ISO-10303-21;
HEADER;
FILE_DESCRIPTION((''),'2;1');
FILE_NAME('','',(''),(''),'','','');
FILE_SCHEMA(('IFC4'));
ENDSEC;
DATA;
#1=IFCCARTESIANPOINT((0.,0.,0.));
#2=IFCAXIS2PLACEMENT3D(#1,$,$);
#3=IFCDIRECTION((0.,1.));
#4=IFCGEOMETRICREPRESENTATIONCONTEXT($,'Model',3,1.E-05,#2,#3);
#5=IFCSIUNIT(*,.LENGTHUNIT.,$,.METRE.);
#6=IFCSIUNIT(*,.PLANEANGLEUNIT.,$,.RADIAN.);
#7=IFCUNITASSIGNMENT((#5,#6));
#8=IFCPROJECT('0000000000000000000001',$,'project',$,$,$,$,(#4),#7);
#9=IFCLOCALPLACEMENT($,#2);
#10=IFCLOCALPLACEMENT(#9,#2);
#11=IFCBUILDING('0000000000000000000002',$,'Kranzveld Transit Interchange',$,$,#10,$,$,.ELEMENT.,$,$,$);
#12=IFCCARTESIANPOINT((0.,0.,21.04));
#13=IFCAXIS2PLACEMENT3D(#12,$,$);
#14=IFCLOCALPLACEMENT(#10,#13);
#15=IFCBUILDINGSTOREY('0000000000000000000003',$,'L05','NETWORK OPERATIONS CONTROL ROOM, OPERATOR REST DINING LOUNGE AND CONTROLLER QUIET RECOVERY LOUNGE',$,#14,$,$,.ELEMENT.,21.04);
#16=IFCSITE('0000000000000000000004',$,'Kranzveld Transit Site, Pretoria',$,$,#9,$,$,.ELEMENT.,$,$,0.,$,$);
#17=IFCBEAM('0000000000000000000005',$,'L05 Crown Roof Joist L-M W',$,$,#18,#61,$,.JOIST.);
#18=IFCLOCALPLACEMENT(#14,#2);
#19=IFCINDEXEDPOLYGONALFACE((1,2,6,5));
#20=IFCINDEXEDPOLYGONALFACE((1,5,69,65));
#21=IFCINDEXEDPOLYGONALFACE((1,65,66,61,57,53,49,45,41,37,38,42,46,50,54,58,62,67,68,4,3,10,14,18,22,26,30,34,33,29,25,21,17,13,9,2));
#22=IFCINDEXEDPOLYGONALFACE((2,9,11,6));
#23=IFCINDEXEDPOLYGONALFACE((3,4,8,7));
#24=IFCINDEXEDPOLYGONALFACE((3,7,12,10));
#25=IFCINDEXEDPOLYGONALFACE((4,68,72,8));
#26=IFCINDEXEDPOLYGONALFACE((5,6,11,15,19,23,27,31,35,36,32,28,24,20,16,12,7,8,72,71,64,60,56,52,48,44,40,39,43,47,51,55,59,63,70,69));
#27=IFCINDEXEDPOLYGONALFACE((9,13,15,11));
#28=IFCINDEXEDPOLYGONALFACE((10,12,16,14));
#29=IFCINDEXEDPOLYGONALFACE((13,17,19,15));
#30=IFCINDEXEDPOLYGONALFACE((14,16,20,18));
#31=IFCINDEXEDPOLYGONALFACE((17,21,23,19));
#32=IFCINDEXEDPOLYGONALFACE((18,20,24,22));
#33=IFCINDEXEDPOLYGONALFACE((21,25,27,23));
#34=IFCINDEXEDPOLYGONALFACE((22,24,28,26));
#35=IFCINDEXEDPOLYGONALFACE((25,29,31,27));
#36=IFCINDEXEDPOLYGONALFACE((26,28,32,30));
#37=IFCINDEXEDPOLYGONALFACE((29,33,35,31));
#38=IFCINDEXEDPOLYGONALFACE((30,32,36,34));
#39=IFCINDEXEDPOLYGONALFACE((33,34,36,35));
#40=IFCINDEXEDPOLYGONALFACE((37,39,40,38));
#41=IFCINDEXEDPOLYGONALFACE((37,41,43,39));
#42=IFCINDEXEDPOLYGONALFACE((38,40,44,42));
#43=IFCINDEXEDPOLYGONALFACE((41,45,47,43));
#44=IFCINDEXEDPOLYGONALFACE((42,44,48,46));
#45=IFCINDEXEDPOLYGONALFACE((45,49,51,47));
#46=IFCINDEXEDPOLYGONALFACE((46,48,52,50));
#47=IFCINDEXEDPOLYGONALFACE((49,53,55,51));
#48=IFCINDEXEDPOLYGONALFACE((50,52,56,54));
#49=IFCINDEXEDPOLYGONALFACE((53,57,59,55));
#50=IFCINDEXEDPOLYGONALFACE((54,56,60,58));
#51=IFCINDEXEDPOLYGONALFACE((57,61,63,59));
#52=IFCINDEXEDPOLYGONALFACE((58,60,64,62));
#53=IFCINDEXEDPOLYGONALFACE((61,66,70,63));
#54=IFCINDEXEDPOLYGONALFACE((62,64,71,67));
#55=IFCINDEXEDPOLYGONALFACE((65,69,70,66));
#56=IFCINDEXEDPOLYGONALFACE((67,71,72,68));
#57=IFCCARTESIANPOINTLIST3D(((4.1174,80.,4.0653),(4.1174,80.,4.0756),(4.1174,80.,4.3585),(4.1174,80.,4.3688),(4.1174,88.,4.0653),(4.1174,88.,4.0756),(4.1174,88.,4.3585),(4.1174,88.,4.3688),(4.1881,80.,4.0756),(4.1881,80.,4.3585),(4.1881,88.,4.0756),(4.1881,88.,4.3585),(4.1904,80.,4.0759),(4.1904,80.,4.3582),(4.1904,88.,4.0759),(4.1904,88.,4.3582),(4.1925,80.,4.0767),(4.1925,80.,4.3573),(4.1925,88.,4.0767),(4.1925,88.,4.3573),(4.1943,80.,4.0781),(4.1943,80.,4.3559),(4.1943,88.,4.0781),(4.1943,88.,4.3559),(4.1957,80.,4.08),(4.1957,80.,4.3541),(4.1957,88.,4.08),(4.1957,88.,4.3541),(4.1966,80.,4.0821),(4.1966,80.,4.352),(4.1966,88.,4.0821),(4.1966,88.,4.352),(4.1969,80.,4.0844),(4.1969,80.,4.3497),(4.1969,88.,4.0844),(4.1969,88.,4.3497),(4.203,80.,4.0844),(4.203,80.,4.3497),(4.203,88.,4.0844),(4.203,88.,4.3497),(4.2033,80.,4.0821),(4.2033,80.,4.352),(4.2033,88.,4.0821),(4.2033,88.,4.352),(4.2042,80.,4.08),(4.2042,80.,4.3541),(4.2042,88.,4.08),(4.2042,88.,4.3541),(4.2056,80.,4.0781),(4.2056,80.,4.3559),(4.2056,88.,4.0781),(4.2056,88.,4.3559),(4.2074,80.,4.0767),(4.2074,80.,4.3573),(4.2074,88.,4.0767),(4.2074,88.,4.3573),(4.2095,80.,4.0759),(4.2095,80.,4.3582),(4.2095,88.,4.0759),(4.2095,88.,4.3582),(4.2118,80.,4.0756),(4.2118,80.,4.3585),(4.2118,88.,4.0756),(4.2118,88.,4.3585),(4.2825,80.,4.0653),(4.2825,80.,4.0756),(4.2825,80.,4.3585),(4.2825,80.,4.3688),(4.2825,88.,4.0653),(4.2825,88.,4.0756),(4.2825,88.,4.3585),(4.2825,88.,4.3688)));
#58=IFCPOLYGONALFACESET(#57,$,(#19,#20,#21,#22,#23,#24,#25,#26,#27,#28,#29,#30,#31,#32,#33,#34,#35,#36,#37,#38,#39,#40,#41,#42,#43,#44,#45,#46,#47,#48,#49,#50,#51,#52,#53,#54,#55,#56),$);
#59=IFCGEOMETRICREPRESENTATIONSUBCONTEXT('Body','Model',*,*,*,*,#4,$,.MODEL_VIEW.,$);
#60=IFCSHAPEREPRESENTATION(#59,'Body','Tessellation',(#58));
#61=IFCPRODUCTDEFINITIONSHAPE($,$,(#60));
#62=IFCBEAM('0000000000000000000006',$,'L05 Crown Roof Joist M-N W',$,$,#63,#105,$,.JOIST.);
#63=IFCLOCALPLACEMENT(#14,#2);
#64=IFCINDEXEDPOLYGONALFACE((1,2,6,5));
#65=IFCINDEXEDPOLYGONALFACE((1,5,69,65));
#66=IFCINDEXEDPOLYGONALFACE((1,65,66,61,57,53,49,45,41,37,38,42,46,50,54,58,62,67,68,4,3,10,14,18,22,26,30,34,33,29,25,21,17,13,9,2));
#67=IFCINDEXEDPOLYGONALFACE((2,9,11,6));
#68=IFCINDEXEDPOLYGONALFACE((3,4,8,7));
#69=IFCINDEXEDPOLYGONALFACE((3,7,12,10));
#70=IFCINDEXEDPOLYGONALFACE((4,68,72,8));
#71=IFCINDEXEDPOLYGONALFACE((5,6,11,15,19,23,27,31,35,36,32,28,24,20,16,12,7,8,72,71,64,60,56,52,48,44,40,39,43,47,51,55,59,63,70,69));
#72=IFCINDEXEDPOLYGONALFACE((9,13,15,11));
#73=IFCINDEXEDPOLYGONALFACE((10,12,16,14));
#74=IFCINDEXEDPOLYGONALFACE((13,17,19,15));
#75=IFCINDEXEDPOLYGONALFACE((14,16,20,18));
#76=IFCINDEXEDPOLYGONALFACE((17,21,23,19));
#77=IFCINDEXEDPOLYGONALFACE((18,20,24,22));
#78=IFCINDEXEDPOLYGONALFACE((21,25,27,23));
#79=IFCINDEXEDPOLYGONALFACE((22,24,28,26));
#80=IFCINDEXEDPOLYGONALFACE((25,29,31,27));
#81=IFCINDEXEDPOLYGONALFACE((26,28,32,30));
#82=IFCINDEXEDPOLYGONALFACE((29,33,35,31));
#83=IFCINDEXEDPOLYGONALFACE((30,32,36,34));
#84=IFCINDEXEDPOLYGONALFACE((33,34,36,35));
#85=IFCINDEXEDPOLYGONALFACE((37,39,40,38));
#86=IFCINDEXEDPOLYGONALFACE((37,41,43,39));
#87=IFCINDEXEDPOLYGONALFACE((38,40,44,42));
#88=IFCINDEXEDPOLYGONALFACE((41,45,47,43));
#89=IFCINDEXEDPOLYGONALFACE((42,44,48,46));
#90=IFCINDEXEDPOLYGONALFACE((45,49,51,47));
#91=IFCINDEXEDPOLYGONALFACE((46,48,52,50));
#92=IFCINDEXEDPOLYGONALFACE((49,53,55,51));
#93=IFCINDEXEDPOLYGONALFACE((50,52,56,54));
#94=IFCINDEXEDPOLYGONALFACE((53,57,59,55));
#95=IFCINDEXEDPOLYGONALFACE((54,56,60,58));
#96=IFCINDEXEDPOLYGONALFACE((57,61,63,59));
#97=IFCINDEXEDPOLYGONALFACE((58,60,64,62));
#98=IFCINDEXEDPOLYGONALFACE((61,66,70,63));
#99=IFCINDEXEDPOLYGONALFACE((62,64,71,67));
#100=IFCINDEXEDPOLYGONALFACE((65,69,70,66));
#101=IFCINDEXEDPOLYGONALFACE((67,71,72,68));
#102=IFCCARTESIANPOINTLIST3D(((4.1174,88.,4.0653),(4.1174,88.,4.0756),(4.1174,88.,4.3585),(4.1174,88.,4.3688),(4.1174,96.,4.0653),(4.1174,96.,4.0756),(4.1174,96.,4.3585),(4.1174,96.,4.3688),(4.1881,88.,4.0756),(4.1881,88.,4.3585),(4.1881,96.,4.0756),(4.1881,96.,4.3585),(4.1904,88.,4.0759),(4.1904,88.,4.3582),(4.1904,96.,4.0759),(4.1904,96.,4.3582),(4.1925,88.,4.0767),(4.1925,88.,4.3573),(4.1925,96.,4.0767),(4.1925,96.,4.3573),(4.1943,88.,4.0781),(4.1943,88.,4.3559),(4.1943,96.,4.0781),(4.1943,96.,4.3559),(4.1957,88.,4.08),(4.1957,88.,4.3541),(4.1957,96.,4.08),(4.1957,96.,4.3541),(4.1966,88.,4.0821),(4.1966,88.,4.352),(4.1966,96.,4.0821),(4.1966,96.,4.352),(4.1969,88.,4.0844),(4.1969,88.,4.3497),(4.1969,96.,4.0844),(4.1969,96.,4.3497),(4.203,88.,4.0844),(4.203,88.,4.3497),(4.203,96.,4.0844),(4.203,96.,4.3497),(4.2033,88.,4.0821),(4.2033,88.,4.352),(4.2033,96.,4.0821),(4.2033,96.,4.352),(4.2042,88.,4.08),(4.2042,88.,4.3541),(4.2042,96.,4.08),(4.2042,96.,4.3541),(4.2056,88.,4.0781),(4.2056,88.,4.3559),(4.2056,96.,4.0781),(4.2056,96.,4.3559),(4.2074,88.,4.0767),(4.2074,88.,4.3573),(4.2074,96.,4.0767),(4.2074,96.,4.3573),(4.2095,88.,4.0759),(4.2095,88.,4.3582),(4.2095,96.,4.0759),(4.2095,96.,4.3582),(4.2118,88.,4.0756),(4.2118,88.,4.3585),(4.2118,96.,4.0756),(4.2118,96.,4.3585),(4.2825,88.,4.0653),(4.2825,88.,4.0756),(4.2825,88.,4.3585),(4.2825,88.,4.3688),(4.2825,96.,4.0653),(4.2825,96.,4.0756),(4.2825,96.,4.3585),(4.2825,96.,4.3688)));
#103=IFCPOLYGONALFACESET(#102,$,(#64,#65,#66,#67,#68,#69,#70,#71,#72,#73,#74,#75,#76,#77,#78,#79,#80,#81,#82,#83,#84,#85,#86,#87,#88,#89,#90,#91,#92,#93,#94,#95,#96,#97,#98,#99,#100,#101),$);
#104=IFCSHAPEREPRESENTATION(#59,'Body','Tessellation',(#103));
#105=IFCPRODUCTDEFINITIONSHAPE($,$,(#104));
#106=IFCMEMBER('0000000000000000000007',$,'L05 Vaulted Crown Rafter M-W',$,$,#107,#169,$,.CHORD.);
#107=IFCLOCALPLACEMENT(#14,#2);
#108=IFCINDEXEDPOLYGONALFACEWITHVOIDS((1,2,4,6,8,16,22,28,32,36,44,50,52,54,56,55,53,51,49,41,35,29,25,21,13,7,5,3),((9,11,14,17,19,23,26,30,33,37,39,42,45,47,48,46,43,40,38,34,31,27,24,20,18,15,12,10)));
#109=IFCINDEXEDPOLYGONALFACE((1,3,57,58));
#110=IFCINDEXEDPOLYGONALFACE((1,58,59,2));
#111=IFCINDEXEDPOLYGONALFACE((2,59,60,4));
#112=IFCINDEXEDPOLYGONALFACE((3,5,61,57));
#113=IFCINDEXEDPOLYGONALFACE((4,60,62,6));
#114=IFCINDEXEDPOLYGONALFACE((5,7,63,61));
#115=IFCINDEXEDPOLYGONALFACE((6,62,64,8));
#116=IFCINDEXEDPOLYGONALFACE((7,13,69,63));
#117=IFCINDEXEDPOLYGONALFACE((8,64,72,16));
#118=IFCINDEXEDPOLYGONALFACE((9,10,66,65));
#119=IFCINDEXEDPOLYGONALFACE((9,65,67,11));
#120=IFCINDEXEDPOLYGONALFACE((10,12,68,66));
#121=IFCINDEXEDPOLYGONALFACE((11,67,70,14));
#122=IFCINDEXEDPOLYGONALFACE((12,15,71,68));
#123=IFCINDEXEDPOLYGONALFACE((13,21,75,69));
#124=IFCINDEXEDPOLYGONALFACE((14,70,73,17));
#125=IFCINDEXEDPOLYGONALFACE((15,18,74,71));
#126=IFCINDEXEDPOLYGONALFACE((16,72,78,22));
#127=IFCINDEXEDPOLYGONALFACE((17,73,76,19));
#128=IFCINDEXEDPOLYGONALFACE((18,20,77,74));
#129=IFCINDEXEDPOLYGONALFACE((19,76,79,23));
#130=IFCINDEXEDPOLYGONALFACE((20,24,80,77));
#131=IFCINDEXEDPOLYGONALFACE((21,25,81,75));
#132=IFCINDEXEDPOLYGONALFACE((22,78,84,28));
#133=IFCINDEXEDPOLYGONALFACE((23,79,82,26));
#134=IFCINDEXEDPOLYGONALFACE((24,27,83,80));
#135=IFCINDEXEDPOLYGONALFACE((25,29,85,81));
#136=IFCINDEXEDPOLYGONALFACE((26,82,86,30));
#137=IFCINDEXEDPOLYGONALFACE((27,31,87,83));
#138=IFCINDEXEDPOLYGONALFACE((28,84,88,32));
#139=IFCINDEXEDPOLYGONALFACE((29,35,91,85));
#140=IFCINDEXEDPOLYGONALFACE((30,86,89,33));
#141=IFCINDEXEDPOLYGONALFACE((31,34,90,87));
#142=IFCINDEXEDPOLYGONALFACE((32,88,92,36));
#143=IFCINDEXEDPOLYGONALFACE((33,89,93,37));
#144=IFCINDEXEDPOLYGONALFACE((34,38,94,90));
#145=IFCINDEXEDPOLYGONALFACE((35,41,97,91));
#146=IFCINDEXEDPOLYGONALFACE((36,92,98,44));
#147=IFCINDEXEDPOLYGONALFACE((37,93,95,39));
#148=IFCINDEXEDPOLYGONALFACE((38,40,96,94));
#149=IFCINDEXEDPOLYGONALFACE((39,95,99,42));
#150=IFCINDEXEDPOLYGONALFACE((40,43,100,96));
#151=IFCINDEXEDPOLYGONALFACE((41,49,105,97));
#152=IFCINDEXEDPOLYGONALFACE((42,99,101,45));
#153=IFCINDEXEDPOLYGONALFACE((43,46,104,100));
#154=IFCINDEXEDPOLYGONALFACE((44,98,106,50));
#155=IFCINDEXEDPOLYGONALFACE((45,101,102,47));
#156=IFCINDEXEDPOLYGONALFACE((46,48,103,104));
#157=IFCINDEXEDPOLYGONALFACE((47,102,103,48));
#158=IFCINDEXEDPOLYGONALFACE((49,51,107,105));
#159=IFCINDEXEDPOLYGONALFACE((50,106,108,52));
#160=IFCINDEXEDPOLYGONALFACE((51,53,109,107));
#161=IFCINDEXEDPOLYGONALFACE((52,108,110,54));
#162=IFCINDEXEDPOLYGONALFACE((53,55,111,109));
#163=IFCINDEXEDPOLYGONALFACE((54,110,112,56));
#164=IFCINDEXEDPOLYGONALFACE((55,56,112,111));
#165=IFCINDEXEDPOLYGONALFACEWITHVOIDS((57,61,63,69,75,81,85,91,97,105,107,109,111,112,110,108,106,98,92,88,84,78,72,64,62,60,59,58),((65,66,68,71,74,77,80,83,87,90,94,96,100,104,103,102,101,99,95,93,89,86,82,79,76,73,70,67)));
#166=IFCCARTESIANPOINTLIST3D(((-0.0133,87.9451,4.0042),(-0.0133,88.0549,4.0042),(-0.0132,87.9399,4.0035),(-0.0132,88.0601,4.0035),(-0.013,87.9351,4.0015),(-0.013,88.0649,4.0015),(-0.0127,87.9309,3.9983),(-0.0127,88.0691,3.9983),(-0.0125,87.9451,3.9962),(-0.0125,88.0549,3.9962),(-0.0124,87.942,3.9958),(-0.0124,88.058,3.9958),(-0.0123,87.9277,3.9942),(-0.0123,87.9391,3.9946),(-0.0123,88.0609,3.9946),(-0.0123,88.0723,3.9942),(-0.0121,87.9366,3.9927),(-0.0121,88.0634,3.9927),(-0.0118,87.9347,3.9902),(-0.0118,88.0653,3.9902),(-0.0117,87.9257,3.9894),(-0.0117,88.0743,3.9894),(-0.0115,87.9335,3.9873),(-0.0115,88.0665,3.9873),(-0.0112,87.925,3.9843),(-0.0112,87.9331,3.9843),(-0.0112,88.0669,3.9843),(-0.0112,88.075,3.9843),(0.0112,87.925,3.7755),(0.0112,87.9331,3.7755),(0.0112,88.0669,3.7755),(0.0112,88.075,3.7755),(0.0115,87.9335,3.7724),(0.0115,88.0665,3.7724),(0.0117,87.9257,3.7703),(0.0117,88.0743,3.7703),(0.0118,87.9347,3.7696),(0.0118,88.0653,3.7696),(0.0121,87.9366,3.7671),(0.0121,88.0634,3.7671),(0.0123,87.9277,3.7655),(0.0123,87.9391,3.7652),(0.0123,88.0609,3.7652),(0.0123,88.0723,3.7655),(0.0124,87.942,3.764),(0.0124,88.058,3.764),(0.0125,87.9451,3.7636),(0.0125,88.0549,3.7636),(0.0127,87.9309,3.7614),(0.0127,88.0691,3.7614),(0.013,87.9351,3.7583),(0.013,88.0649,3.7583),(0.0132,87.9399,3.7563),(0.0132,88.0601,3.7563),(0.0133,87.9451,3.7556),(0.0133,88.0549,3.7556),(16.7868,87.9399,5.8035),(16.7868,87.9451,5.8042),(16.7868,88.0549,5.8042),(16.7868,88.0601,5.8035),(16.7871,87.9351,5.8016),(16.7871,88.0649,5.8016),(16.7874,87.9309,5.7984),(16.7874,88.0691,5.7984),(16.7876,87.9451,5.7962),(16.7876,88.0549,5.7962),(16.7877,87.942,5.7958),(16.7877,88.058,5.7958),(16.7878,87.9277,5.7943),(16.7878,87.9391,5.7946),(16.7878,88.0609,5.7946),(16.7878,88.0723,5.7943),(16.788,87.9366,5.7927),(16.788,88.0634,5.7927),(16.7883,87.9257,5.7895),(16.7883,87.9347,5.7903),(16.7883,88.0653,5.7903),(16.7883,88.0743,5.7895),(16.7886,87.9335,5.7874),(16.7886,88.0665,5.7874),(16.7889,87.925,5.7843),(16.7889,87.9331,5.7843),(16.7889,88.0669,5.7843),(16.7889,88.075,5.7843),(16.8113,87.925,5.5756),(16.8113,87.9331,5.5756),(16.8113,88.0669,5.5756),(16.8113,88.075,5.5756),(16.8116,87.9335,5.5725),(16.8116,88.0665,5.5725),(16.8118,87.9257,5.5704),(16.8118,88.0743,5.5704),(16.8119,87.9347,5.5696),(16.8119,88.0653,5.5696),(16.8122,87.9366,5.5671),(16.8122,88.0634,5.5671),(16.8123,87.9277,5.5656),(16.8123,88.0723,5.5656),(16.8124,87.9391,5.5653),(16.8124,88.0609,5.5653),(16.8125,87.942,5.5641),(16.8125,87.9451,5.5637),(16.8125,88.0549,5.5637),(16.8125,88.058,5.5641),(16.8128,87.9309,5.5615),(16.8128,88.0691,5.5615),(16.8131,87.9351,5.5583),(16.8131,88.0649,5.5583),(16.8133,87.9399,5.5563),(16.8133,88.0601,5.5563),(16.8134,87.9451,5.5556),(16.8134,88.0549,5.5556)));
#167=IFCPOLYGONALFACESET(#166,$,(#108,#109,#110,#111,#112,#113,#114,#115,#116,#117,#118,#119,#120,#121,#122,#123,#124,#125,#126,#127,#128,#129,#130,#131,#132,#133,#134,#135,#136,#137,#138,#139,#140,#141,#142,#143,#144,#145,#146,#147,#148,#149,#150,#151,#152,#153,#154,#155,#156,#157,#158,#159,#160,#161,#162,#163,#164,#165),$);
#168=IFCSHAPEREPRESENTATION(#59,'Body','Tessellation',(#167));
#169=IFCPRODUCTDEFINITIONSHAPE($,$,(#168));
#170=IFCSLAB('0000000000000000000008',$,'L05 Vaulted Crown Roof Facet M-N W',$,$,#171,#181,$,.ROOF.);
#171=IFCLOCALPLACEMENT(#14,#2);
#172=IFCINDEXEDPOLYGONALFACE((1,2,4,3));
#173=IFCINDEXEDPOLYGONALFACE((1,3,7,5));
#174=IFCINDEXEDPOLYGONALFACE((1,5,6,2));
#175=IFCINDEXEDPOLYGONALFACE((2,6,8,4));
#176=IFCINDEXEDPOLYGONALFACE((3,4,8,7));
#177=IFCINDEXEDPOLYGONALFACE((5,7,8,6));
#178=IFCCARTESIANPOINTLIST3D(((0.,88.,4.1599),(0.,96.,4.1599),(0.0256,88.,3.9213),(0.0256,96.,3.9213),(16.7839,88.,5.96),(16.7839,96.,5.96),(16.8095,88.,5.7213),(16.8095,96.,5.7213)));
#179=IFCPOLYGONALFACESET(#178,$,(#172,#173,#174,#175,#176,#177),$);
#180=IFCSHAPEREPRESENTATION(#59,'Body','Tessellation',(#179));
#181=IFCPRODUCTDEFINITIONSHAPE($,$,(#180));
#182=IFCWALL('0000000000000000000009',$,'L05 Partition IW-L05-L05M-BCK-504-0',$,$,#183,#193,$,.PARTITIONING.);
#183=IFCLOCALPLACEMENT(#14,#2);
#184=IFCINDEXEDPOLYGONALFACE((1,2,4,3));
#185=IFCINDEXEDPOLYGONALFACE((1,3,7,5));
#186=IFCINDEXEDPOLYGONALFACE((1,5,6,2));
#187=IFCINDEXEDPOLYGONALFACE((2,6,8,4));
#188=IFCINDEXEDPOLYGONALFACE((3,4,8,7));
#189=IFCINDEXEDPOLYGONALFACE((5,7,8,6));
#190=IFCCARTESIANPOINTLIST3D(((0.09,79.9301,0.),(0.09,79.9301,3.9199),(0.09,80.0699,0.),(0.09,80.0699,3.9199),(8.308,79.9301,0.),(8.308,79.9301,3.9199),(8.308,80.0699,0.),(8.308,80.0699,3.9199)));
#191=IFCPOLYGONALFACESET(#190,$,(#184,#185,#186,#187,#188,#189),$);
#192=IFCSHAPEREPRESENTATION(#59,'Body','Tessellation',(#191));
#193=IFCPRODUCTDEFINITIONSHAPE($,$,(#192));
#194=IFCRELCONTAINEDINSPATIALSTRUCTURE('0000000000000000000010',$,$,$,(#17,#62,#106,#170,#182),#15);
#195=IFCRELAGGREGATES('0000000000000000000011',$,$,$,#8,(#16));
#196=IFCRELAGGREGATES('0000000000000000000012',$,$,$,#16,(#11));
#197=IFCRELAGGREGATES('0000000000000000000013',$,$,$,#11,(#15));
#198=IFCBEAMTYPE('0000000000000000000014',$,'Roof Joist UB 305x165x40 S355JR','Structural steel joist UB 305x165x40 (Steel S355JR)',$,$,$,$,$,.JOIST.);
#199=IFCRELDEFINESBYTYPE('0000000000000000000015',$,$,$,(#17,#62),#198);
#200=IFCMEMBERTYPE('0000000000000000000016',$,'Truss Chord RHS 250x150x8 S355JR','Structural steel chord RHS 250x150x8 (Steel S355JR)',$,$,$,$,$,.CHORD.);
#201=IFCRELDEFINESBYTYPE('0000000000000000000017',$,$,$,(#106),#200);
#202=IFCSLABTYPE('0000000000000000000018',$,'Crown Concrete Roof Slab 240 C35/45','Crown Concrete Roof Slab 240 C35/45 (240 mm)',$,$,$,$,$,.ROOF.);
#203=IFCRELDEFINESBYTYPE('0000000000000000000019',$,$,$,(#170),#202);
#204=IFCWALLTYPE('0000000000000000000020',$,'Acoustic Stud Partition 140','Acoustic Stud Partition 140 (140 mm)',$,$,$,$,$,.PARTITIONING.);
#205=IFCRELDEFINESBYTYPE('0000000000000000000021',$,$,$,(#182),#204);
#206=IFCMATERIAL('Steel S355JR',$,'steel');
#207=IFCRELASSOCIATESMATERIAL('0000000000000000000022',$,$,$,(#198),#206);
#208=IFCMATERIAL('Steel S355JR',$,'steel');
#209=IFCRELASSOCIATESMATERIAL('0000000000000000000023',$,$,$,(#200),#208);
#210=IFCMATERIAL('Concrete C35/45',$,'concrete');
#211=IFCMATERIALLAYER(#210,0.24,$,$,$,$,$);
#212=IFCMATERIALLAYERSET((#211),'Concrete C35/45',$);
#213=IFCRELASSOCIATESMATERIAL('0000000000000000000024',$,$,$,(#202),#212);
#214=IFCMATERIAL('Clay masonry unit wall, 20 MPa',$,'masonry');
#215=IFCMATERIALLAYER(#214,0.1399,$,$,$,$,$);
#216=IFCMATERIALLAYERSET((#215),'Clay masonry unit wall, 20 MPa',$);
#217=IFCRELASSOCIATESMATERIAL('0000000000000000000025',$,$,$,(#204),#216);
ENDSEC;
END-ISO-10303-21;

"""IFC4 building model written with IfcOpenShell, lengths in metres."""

from ifc_helpers import new_model, si_unit, direction, frame, frame_2d, origin, origin_2d, place, context, subcontext, project, spatial, polyline, rectangle, hollow_rectangle, i_section, outline, extrude, material, layer, layer_set, material_profile, profile_set, type_object, element, save


model = new_model("IFC4")

# Units and contexts
model_context = context("Model", 3, precision=1e-05, world=origin(), true_north=direction((0.0, 1.0)))
body_context = subcontext(model_context, "Body", "Model", "MODEL_VIEW")
ifc_project = project(units=[si_unit("LENGTHUNIT", "METRE"), si_unit("PLANEANGLEUNIT", "RADIAN")], contexts=[model_context])

# Site, building, storey
site_placement = place(None, origin())
site = spatial("IfcSite", under=ifc_project, at=site_placement, Name="Kranzveld Transit Site, Pretoria", CompositionType="ELEMENT", RefElevation=0.0)
building_placement = place(site_placement, origin())
building = spatial("IfcBuilding", under=site, at=building_placement, Name="Kranzveld Transit Interchange", CompositionType="ELEMENT")
storey_placement = place(building_placement, frame((0.0, 0.0, 21.04)))
storey = spatial("IfcBuildingStorey", under=building, at=storey_placement, Name="L05", Description="NETWORK OPERATIONS CONTROL ROOM, OPERATOR REST DINING LOUNGE AND CONTROLLER QUIET RECOVERY LOUNGE", CompositionType="ELEMENT", Elevation=21.04)

# Beams
ifc_material_1 = material(Name="Steel S355JR", Category="steel")
ifc_material_profile_1 = material_profile(ifc_material_1, i_section(OverallWidth=0.165, OverallDepth=0.3035, WebThickness=0.0061, FlangeThickness=0.0103, FilletRadius=0.0088, at=origin_2d()), Name="UB 305x165x40")
ifc_profile_set_1 = profile_set([ifc_material_profile_1], Name="Steel S355JR")
beam_type_1 = type_object("IfcBeamType", Name="Roof Joist UB 305x165x40 S355JR", Description="Structural steel joist UB 305x165x40 (Steel S355JR)", PredefinedType="JOIST", material=ifc_profile_set_1)
for number, where, z_axis, x_axis, name in (
    (1, (4.2, 80.0, 4.217), (0.0, 1.0, 0.0), (-1.0, 0.0, 0.0), "L05 Crown Roof Joist L-M W"),
    (2, (4.2, 88.0, 4.217), (0.0, 1.0, 0.0), (-1.0, 0.0, 0.0), "L05 Crown Roof Joist M-N W"),
):
    element("IfcBeam", number, at=place(storey_placement, frame(where, z_axis=z_axis, x_axis=x_axis)), inside=storey, type_object=beam_type_1, Name=name, PredefinedType="JOIST", context=body_context, shape_type="SweptSolid", body=[
        extrude(i_section(OverallWidth=0.165, OverallDepth=0.3035, WebThickness=0.0061, FlangeThickness=0.0103, FilletRadius=0.0088, at=origin_2d()), origin(), (0.0, 0.0, 1.0), 8.0),
    ])

# Member
ifc_material_2 = material(Name="Steel S355JR", Category="steel")
ifc_material_profile_2 = material_profile(ifc_material_2, hollow_rectangle(XDim=0.1499, YDim=0.25, WallThickness=0.0081, InnerFilletRadius=0.012, OuterFilletRadius=0.02, at=origin_2d()), Name="RHS 250x150x8")
ifc_profile_set_2 = profile_set([ifc_material_profile_2], Name="Steel S355JR")
member_type = type_object("IfcMemberType", Name="Truss Chord RHS 250x150x8 S355JR", Description="Structural steel chord RHS 250x150x8 (Steel S355JR)", PredefinedType="CHORD", material=ifc_profile_set_2)
member_placement = place(storey_placement, frame((0.0, 88.0, 3.8799), z_axis=(0.994309, 0.0, 0.106536), x_axis=(0.0, 1.0, 0.0)))
element("IfcMember", 3, at=member_placement, inside=storey, type_object=member_type, Name="L05 Vaulted Crown Rafter M-W", PredefinedType="CHORD", context=body_context, shape_type="SweptSolid", body=[
    extrude(hollow_rectangle(XDim=0.1499, YDim=0.25, WallThickness=0.0081, InnerFilletRadius=0.012, OuterFilletRadius=0.02, at=origin_2d()), origin(), (0.0, 0.0, 1.0), 16.8962),
])

# Slab
ifc_material_3 = material(Name="Concrete C35/45", Category="concrete")
ifc_layer_1 = layer(ifc_material_3, 0.24)
ifc_layer_set_1 = layer_set([ifc_layer_1], Name="Concrete C35/45")
slab_type = type_object("IfcSlabType", Name="Crown Concrete Roof Slab 240 C35/45", Description="Crown Concrete Roof Slab 240 C35/45 (240 mm)", PredefinedType="ROOF", material=ifc_layer_set_1)
slab_placement = place(storey_placement, frame((0.0, 88.0, 4.1599), z_axis=(-0.106637, 0.0, 0.994298), x_axis=(0.994298, 0.0, 0.106637)))
element("IfcSlab", 4, at=slab_placement, inside=storey, type_object=slab_type, Name="L05 Vaulted Crown Roof Facet M-N W", PredefinedType="ROOF", context=body_context, shape_type="SweptSolid", body=[
    extrude(outline(polyline([(0.0, 0.0), (16.8802, 0.0), (16.8802, 8.0), (0.0, 8.0), (0.0, 0.0)])), origin(), (0.0, 0.0, -1.0), 0.24),
])

# Wall
ifc_material_4 = material(Name="Clay masonry unit wall, 20 MPa", Category="masonry")
ifc_layer_2 = layer(ifc_material_4, 0.1399)
ifc_layer_set_2 = layer_set([ifc_layer_2], Name="Clay masonry unit wall, 20 MPa")
wall_type_1 = type_object("IfcWallType", Name="Acoustic Stud Partition 140", Description="Acoustic Stud Partition 140 (140 mm)", PredefinedType="PARTITIONING", material=ifc_layer_set_2)
wall_1_placement = place(storey_placement, frame((0.0901, 80.0, 0.0), z_axis=(0.0, 0.0, 1.0), x_axis=(1.0, 0.0, 0.0)))
element("IfcWall", 5, at=wall_1_placement, inside=storey, type_object=wall_type_1, Name="L05 Partition IW-L05-L05M-BCK-504-0", PredefinedType="PARTITIONING", context=body_context, shape_type="SweptSolid", body=[
    extrude(rectangle(XDim=8.218, YDim=0.1399, at=frame_2d((4.1089, 0.0))), origin(), (0.0, 0.0, 1.0), 3.9199),
])

save(model, "model.ifc")
